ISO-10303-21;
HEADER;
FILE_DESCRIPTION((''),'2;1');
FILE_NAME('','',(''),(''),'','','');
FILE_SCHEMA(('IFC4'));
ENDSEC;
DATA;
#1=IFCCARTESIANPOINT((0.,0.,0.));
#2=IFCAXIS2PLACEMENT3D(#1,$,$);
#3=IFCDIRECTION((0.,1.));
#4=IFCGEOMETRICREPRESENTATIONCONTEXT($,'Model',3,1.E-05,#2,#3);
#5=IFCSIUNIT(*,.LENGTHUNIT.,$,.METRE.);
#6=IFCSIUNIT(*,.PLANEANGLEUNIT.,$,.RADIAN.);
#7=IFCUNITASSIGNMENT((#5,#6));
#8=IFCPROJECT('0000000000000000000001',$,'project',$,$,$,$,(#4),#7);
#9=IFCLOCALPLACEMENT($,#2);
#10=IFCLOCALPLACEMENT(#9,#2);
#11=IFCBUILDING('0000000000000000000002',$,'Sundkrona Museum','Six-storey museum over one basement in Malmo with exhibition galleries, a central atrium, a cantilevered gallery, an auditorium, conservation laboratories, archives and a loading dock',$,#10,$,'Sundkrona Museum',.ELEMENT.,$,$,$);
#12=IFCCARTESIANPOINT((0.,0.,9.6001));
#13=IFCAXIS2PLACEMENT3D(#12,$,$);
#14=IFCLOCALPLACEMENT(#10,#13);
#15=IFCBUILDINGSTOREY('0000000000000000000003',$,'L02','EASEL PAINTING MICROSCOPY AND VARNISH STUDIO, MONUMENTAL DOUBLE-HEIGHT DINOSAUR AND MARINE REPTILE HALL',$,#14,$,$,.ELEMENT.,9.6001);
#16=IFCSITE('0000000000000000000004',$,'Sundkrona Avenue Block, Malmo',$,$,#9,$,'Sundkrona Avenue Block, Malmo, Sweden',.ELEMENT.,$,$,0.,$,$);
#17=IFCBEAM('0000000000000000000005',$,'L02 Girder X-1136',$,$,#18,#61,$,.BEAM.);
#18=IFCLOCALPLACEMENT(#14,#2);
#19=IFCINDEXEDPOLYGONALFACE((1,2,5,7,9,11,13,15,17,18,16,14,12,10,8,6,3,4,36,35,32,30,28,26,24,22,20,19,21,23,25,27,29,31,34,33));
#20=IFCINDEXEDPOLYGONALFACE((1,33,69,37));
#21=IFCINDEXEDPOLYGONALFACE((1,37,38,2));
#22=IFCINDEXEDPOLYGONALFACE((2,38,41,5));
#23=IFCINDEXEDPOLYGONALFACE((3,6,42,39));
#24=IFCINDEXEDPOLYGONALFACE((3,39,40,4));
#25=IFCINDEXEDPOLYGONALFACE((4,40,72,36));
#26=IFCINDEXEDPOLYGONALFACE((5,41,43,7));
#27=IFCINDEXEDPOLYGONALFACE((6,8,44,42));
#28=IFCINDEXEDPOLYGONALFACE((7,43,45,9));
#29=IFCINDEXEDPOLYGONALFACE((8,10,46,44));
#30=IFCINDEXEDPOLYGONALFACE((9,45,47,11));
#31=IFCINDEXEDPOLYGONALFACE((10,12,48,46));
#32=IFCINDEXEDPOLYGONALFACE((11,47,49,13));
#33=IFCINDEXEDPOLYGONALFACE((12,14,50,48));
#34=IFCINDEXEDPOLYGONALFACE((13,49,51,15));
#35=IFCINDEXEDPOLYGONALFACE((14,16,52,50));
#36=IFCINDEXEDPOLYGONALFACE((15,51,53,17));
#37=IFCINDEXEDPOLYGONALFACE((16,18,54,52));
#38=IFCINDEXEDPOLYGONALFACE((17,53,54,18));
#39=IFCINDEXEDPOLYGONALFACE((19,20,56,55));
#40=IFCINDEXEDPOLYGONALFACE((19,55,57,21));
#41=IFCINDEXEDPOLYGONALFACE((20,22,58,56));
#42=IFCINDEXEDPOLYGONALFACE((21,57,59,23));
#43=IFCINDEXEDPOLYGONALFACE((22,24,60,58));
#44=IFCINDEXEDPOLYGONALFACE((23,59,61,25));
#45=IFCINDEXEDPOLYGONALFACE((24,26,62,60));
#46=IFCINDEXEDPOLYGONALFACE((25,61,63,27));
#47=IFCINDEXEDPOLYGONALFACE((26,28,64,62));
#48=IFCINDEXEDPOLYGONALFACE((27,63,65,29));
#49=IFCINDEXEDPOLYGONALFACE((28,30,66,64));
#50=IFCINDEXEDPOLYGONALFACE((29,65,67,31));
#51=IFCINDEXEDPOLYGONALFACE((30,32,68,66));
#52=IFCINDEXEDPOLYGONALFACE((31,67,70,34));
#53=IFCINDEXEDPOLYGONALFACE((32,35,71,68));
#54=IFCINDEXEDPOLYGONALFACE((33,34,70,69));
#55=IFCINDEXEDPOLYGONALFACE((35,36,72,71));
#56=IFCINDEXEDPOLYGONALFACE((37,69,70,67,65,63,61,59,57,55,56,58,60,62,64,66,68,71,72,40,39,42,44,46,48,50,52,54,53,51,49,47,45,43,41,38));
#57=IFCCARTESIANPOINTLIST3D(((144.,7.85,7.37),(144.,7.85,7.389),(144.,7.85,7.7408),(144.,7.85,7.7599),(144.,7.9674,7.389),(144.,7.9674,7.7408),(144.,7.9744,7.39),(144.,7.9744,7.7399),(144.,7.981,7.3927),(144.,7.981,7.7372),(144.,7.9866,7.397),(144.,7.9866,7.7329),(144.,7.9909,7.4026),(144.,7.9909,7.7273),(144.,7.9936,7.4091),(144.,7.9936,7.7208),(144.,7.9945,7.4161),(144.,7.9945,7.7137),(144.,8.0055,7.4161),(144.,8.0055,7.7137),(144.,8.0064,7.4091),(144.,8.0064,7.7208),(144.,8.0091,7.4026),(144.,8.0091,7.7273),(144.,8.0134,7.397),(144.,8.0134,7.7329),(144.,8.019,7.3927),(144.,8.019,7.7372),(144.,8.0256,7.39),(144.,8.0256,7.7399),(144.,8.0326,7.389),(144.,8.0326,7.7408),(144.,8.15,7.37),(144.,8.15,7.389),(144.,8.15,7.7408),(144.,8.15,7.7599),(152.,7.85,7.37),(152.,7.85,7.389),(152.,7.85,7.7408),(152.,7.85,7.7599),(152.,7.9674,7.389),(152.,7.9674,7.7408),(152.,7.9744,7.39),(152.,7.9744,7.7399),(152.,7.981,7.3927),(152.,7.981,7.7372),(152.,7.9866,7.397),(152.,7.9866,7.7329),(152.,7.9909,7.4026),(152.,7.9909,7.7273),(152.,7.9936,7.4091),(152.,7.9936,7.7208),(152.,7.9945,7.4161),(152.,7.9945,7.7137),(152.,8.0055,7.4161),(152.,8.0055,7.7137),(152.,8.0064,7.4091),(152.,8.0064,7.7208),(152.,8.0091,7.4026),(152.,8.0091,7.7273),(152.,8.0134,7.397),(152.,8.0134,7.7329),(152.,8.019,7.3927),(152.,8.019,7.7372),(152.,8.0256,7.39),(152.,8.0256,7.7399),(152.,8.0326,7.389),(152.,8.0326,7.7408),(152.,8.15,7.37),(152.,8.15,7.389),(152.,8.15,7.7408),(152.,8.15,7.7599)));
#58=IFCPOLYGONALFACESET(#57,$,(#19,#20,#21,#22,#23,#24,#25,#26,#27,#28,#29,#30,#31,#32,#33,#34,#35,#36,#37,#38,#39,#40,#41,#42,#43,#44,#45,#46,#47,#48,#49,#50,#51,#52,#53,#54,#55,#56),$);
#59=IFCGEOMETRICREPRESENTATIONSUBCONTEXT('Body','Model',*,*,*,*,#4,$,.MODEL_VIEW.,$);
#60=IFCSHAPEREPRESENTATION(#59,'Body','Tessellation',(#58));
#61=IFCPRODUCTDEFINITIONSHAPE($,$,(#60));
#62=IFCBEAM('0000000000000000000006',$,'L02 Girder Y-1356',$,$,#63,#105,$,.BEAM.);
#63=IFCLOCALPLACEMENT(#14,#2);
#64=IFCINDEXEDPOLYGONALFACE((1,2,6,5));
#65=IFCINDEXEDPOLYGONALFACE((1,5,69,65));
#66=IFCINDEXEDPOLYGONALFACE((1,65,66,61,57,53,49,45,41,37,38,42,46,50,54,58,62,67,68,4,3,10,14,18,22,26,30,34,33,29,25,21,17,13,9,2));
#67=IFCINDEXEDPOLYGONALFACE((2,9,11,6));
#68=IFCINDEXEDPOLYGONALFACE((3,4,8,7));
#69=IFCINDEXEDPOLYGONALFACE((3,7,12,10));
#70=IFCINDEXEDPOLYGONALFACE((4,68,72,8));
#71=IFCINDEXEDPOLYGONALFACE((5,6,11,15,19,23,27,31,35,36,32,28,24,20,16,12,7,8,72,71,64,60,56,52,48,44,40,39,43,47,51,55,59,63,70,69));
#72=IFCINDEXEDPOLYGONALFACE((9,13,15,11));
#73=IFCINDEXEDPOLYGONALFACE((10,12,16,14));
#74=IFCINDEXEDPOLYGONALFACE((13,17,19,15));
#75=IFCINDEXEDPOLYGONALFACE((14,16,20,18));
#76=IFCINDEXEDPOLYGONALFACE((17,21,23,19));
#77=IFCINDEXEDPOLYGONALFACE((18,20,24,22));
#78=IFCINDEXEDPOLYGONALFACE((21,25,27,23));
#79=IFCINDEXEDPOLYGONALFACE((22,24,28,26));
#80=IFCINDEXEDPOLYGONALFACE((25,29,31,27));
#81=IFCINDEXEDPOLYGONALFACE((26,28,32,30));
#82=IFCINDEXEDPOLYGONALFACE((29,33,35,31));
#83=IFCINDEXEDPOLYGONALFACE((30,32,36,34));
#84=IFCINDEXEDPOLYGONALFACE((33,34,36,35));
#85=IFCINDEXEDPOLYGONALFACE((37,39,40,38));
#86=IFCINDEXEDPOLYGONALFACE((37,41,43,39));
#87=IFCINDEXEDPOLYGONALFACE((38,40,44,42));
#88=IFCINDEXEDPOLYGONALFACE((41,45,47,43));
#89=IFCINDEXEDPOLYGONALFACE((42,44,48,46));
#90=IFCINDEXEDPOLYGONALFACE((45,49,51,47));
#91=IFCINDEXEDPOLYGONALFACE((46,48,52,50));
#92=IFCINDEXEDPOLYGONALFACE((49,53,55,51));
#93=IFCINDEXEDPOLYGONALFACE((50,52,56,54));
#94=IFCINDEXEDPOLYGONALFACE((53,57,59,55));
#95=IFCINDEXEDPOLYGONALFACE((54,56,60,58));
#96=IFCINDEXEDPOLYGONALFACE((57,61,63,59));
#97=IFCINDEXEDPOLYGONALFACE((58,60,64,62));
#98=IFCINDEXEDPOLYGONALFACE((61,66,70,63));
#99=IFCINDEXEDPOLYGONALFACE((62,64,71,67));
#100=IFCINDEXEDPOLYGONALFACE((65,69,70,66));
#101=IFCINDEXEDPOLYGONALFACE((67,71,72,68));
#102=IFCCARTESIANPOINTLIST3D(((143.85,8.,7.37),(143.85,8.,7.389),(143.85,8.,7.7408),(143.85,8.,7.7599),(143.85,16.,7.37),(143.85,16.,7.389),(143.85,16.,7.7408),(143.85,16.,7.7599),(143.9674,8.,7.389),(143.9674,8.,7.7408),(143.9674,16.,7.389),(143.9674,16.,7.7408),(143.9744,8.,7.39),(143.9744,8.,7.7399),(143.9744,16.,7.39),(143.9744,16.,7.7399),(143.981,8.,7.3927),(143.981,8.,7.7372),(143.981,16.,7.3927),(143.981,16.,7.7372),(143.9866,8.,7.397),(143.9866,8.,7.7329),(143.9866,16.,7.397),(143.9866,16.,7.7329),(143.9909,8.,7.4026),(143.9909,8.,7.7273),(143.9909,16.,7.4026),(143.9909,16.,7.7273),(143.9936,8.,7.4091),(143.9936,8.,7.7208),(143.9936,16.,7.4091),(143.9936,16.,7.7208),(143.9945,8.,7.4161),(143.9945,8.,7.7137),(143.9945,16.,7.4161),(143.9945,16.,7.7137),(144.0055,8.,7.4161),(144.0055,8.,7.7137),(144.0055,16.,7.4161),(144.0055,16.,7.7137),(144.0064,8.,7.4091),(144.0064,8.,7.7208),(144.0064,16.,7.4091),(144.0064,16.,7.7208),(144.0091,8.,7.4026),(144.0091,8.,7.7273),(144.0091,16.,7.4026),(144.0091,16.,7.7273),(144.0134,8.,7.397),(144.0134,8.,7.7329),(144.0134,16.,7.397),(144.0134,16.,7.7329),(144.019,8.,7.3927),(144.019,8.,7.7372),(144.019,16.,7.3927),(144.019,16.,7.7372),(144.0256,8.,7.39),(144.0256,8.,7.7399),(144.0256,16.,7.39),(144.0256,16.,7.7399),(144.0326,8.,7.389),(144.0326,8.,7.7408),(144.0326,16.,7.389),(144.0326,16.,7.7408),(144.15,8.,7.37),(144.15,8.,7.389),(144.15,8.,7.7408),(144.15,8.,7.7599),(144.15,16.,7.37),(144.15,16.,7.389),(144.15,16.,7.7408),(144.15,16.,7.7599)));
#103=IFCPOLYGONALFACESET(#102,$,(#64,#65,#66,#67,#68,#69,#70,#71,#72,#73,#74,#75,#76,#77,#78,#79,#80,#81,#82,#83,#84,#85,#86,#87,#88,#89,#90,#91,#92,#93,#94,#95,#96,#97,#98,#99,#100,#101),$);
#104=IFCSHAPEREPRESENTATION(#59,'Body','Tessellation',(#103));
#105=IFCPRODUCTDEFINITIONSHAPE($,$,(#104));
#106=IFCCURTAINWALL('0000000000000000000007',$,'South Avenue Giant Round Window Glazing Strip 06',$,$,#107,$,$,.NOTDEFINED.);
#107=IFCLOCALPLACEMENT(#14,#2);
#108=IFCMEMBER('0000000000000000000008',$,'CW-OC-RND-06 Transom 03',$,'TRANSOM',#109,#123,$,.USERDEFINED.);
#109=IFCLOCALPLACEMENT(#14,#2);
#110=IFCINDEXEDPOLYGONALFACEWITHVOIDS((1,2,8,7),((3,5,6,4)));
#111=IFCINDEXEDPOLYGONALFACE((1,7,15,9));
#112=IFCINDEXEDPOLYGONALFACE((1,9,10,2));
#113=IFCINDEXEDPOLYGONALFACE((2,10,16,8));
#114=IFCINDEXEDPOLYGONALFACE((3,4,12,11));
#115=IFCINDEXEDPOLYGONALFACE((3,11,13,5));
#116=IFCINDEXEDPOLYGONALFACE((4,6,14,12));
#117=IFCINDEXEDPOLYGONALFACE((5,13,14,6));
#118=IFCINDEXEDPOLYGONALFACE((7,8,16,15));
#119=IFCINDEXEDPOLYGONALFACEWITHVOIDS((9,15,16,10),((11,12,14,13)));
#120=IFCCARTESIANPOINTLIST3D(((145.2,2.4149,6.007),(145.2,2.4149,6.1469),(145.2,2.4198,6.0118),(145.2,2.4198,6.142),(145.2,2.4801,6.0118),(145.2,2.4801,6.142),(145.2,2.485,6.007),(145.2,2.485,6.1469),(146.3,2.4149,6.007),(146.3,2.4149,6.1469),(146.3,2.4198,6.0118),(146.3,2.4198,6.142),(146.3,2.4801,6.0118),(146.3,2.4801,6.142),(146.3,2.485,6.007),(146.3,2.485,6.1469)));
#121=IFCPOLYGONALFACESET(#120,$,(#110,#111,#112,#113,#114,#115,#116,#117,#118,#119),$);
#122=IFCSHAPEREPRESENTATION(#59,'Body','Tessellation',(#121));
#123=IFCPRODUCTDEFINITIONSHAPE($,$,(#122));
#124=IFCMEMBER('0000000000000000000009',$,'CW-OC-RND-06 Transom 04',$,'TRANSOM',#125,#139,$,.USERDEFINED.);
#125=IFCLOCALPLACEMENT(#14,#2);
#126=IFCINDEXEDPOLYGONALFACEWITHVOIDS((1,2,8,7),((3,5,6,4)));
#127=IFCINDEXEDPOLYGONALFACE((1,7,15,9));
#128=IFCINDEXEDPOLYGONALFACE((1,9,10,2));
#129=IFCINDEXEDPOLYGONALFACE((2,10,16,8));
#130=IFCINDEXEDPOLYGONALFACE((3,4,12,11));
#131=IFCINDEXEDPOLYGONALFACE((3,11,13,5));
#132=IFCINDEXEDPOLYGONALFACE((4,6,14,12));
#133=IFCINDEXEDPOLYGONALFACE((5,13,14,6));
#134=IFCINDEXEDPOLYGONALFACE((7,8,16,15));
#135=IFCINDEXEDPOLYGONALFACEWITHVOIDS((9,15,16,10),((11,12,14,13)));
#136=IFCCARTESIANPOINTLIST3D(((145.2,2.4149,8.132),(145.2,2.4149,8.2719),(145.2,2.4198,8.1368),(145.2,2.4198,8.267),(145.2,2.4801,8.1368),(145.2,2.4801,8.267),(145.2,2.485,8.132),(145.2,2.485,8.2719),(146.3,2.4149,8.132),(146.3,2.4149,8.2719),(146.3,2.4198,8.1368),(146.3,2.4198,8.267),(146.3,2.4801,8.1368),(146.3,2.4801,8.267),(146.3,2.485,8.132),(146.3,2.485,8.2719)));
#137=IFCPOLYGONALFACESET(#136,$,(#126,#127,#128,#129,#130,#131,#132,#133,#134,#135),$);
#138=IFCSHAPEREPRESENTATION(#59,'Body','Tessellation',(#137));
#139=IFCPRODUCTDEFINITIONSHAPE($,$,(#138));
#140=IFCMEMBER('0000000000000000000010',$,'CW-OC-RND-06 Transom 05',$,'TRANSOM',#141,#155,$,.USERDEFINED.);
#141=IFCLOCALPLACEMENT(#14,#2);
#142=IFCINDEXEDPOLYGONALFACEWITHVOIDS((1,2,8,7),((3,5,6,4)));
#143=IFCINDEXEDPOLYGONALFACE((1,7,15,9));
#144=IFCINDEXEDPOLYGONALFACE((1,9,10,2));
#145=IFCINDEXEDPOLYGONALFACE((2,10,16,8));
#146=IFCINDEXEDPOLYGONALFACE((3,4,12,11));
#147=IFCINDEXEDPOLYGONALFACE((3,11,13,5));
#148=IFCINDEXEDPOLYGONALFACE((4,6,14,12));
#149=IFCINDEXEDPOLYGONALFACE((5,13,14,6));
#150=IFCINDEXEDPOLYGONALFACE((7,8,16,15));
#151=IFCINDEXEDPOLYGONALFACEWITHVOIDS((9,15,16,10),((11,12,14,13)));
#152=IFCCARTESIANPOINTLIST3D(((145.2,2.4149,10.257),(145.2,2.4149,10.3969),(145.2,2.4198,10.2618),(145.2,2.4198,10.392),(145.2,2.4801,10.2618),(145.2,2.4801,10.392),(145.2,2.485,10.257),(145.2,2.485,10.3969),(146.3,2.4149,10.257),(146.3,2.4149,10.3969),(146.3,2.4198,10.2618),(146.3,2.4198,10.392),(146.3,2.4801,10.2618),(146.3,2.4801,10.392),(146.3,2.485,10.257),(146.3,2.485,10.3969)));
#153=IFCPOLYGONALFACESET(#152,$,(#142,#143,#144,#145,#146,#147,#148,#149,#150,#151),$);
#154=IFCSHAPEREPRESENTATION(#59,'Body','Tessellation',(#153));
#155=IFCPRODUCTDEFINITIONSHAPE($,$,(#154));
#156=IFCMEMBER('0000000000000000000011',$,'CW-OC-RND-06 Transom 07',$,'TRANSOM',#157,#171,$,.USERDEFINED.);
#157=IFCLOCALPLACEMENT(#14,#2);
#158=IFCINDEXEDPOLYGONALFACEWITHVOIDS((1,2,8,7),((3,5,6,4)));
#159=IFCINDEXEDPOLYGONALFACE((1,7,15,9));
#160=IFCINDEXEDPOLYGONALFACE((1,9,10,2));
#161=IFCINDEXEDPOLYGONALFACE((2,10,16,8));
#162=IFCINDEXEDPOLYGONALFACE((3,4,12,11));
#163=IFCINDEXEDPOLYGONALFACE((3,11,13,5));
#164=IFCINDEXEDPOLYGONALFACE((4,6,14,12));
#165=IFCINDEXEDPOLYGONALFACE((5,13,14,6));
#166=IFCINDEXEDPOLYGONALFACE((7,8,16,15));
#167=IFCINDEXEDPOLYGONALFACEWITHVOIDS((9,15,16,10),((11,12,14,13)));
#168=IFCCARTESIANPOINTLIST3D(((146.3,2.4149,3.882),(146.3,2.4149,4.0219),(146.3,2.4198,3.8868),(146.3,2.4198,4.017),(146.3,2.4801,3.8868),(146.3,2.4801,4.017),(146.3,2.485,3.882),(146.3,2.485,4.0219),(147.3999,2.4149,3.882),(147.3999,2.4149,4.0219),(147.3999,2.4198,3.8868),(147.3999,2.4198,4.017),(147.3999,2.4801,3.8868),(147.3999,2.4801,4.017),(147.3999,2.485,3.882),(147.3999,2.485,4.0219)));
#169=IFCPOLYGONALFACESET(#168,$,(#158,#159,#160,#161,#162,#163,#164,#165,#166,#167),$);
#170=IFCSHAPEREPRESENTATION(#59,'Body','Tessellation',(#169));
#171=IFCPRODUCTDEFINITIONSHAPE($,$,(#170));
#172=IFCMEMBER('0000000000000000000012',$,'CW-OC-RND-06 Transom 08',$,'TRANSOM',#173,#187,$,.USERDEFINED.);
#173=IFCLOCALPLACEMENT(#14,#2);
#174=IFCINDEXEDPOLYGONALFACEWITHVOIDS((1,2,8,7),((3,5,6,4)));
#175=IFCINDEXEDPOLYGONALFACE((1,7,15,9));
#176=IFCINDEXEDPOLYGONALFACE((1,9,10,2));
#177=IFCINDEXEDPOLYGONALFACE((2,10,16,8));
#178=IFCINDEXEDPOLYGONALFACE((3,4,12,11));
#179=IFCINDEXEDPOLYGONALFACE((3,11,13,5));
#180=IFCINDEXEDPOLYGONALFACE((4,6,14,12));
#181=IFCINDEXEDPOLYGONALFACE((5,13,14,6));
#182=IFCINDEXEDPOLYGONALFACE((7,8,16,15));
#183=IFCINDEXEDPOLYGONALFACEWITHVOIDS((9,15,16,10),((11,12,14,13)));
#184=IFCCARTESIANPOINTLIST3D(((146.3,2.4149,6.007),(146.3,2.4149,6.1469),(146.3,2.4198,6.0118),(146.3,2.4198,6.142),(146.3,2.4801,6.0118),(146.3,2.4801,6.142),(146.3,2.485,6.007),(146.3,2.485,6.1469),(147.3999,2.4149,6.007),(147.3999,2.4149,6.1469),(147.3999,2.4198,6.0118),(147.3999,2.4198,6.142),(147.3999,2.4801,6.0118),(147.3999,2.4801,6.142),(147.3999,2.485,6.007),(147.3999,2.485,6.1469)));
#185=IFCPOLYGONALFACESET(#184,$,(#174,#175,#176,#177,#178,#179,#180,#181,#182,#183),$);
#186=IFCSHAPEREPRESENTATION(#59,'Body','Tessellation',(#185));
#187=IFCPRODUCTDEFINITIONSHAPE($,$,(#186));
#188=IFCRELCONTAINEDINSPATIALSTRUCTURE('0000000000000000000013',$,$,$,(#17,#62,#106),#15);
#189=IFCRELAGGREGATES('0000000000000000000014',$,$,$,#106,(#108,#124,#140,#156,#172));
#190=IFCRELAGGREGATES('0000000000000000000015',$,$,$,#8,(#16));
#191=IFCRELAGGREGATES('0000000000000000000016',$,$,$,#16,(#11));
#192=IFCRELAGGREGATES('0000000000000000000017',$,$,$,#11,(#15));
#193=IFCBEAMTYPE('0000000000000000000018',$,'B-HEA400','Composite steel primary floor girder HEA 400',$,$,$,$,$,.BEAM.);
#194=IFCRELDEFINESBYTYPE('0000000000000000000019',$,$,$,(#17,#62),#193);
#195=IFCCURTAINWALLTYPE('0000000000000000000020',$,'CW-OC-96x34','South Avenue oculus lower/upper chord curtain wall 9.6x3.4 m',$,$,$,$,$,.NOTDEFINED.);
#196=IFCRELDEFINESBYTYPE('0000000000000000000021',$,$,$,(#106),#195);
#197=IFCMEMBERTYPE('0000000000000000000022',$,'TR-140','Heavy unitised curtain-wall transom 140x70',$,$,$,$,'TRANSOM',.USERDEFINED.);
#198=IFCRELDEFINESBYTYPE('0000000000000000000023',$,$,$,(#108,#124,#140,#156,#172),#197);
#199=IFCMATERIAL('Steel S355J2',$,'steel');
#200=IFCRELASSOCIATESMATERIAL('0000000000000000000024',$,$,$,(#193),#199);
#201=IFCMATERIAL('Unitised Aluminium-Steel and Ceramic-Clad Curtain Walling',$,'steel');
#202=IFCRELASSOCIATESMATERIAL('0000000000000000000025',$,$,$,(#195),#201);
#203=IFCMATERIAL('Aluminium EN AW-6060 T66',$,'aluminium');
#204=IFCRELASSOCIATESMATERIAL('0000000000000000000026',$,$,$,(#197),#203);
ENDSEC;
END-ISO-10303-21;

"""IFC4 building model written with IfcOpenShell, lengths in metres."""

from ifc_helpers import new_model, si_unit, direction, frame, origin, origin_2d, place, context, subcontext, project, spatial, hollow_rectangle, i_section, extrude, material, material_profile, profile_set, type_object, element, aggregate, save


model = new_model("IFC4")

# Units and contexts
model_context = context("Model", 3, precision=1e-05, world=origin(), true_north=direction((0.0, 1.0)))
body_context = subcontext(model_context, "Body", "Model", "MODEL_VIEW")
ifc_project = project(units=[si_unit("LENGTHUNIT", "METRE"), si_unit("PLANEANGLEUNIT", "RADIAN")], contexts=[model_context])

# Site, building, storey
site_placement = place(None, origin())
site = spatial("IfcSite", under=ifc_project, at=site_placement, Name="Sundkrona Avenue Block, Malmo", LongName="Sundkrona Avenue Block, Malmo, Sweden", CompositionType="ELEMENT", RefElevation=0.0)
building_placement = place(site_placement, origin())
building = spatial("IfcBuilding", under=site, at=building_placement, Name="Sundkrona Museum", Description="Six-storey museum over one basement in Malmo with exhibition galleries, a central atrium, a cantilevered gallery, an auditorium, conservation laboratories, archives and a loading dock", LongName="Sundkrona Museum", CompositionType="ELEMENT")
storey_placement = place(building_placement, frame((0.0, 0.0, 9.6001)))
storey = spatial("IfcBuildingStorey", under=building, at=storey_placement, Name="L02", Description="EASEL PAINTING MICROSCOPY AND VARNISH STUDIO, MONUMENTAL DOUBLE-HEIGHT DINOSAUR AND MARINE REPTILE HALL", CompositionType="ELEMENT", Elevation=9.6001)

# Beams
ifc_material_1 = material(Name="Steel S355J2", Category="steel")
ifc_material_profile_1 = material_profile(ifc_material_1, i_section(OverallWidth=0.3, OverallDepth=0.3899, WebThickness=0.011, FlangeThickness=0.019, FilletRadius=0.0271, at=origin_2d()), Name="HEA 400")
ifc_profile_set_1 = profile_set([ifc_material_profile_1], Name="Steel S355J2")
beam_type = type_object("IfcBeamType", Name="B-HEA400", Description="Composite steel primary floor girder HEA 400", PredefinedType="BEAM", material=ifc_profile_set_1)
for number, where, z_axis, x_axis, name in (
    (1, (144.0, 8.0, 7.5649), (1.0, 0.0, 0.0), (0.0, 1.0, 0.0), "L02 Girder X-1136"),
    (2, (144.0, 8.0, 7.5649), (0.0, 1.0, 0.0), (-1.0, 0.0, 0.0), "L02 Girder Y-1356"),
):
    element("IfcBeam", number, at=place(storey_placement, frame(where, z_axis=z_axis, x_axis=x_axis)), inside=storey, type_object=beam_type, Name=name, PredefinedType="BEAM", context=body_context, shape_type="SweptSolid", body=[
        extrude(i_section(OverallWidth=0.3, OverallDepth=0.3899, WebThickness=0.011, FlangeThickness=0.019, FilletRadius=0.0271, at=origin_2d()), origin(), (0.0, 0.0, 1.0), 8.0),
    ])

# Curtain wall, members
ifc_material_2 = material(Name="Unitised Aluminium-Steel and Ceramic-Clad Curtain Walling", Category="steel")
curtain_wall_type_1 = type_object("IfcCurtainWallType", Name="CW-OC-96x34", Description="South Avenue oculus lower/upper chord curtain wall 9.6x3.4 m", PredefinedType="NOTDEFINED", material=ifc_material_2)
curtain_wall_1_placement = place(storey_placement, origin())
curtain_wall_1 = element("IfcCurtainWall", 3, at=curtain_wall_1_placement, inside=storey, type_object=curtain_wall_type_1, Name="South Avenue Giant Round Window Glazing Strip 06", PredefinedType="NOTDEFINED")
ifc_material_3 = material(Name="Aluminium EN AW-6060 T66", Category="aluminium")
ifc_material_profile_2 = material_profile(ifc_material_3, hollow_rectangle(XDim=0.0701, YDim=0.1399, WallThickness=0.0049, at=origin_2d()), Name="RHS 140x70x5.0")
ifc_profile_set_2 = profile_set([ifc_material_profile_2], Name="Aluminium EN AW-6060 T66")
member_type_1 = type_object("IfcMemberType", Name="TR-140", Description="Heavy unitised curtain-wall transom 140x70", ElementType="TRANSOM", PredefinedType="USERDEFINED", material=ifc_profile_set_2)
member_1_placement = place(storey_placement, frame((145.2, 2.45, 6.0769), z_axis=(1.0, 0.0, 0.0), x_axis=(0.0, 1.0, 0.0)))
member_1 = element("IfcMember", 4, at=member_1_placement, type_object=member_type_1, Name="CW-OC-RND-06 Transom 03", ObjectType="TRANSOM", PredefinedType="USERDEFINED", context=body_context, shape_type="SweptSolid", body=[
    extrude(hollow_rectangle(XDim=0.0701, YDim=0.1399, WallThickness=0.0049, at=origin_2d()), origin(), (0.0, 0.0, 1.0), 1.1001),
])
member_2_placement = place(storey_placement, frame((145.2, 2.45, 8.2019), z_axis=(1.0, 0.0, 0.0), x_axis=(0.0, 1.0, 0.0)))
member_2 = element("IfcMember", 5, at=member_2_placement, type_object=member_type_1, Name="CW-OC-RND-06 Transom 04", ObjectType="TRANSOM", PredefinedType="USERDEFINED", context=body_context, shape_type="SweptSolid", body=[
    extrude(hollow_rectangle(XDim=0.0701, YDim=0.1399, WallThickness=0.0049, at=origin_2d()), origin(), (0.0, 0.0, 1.0), 1.1001),
])
member_3_placement = place(storey_placement, frame((145.2, 2.45, 10.3269), z_axis=(1.0, 0.0, 0.0), x_axis=(0.0, 1.0, 0.0)))
member_3 = element("IfcMember", 6, at=member_3_placement, type_object=member_type_1, Name="CW-OC-RND-06 Transom 05", ObjectType="TRANSOM", PredefinedType="USERDEFINED", context=body_context, shape_type="SweptSolid", body=[
    extrude(hollow_rectangle(XDim=0.0701, YDim=0.1399, WallThickness=0.0049, at=origin_2d()), origin(), (0.0, 0.0, 1.0), 1.1001),
])
member_4_placement = place(storey_placement, frame((146.3, 2.45, 3.9519), z_axis=(1.0, 0.0, 0.0), x_axis=(0.0, 1.0, 0.0)))
member_4 = element("IfcMember", 7, at=member_4_placement, type_object=member_type_1, Name="CW-OC-RND-06 Transom 07", ObjectType="TRANSOM", PredefinedType="USERDEFINED", context=body_context, shape_type="SweptSolid", body=[
    extrude(hollow_rectangle(XDim=0.0701, YDim=0.1399, WallThickness=0.0049, at=origin_2d()), origin(), (0.0, 0.0, 1.0), 1.0999),
])
member_5_placement = place(storey_placement, frame((146.3, 2.45, 6.0769), z_axis=(1.0, 0.0, 0.0), x_axis=(0.0, 1.0, 0.0)))
member_5 = element("IfcMember", 8, at=member_5_placement, type_object=member_type_1, Name="CW-OC-RND-06 Transom 08", ObjectType="TRANSOM", PredefinedType="USERDEFINED", context=body_context, shape_type="SweptSolid", body=[
    extrude(hollow_rectangle(XDim=0.0701, YDim=0.1399, WallThickness=0.0049, at=origin_2d()), origin(), (0.0, 0.0, 1.0), 1.0999),
])

aggregate(curtain_wall_1, [member_1, member_2, member_3, member_4, member_5])

save(model, "model.ifc")
